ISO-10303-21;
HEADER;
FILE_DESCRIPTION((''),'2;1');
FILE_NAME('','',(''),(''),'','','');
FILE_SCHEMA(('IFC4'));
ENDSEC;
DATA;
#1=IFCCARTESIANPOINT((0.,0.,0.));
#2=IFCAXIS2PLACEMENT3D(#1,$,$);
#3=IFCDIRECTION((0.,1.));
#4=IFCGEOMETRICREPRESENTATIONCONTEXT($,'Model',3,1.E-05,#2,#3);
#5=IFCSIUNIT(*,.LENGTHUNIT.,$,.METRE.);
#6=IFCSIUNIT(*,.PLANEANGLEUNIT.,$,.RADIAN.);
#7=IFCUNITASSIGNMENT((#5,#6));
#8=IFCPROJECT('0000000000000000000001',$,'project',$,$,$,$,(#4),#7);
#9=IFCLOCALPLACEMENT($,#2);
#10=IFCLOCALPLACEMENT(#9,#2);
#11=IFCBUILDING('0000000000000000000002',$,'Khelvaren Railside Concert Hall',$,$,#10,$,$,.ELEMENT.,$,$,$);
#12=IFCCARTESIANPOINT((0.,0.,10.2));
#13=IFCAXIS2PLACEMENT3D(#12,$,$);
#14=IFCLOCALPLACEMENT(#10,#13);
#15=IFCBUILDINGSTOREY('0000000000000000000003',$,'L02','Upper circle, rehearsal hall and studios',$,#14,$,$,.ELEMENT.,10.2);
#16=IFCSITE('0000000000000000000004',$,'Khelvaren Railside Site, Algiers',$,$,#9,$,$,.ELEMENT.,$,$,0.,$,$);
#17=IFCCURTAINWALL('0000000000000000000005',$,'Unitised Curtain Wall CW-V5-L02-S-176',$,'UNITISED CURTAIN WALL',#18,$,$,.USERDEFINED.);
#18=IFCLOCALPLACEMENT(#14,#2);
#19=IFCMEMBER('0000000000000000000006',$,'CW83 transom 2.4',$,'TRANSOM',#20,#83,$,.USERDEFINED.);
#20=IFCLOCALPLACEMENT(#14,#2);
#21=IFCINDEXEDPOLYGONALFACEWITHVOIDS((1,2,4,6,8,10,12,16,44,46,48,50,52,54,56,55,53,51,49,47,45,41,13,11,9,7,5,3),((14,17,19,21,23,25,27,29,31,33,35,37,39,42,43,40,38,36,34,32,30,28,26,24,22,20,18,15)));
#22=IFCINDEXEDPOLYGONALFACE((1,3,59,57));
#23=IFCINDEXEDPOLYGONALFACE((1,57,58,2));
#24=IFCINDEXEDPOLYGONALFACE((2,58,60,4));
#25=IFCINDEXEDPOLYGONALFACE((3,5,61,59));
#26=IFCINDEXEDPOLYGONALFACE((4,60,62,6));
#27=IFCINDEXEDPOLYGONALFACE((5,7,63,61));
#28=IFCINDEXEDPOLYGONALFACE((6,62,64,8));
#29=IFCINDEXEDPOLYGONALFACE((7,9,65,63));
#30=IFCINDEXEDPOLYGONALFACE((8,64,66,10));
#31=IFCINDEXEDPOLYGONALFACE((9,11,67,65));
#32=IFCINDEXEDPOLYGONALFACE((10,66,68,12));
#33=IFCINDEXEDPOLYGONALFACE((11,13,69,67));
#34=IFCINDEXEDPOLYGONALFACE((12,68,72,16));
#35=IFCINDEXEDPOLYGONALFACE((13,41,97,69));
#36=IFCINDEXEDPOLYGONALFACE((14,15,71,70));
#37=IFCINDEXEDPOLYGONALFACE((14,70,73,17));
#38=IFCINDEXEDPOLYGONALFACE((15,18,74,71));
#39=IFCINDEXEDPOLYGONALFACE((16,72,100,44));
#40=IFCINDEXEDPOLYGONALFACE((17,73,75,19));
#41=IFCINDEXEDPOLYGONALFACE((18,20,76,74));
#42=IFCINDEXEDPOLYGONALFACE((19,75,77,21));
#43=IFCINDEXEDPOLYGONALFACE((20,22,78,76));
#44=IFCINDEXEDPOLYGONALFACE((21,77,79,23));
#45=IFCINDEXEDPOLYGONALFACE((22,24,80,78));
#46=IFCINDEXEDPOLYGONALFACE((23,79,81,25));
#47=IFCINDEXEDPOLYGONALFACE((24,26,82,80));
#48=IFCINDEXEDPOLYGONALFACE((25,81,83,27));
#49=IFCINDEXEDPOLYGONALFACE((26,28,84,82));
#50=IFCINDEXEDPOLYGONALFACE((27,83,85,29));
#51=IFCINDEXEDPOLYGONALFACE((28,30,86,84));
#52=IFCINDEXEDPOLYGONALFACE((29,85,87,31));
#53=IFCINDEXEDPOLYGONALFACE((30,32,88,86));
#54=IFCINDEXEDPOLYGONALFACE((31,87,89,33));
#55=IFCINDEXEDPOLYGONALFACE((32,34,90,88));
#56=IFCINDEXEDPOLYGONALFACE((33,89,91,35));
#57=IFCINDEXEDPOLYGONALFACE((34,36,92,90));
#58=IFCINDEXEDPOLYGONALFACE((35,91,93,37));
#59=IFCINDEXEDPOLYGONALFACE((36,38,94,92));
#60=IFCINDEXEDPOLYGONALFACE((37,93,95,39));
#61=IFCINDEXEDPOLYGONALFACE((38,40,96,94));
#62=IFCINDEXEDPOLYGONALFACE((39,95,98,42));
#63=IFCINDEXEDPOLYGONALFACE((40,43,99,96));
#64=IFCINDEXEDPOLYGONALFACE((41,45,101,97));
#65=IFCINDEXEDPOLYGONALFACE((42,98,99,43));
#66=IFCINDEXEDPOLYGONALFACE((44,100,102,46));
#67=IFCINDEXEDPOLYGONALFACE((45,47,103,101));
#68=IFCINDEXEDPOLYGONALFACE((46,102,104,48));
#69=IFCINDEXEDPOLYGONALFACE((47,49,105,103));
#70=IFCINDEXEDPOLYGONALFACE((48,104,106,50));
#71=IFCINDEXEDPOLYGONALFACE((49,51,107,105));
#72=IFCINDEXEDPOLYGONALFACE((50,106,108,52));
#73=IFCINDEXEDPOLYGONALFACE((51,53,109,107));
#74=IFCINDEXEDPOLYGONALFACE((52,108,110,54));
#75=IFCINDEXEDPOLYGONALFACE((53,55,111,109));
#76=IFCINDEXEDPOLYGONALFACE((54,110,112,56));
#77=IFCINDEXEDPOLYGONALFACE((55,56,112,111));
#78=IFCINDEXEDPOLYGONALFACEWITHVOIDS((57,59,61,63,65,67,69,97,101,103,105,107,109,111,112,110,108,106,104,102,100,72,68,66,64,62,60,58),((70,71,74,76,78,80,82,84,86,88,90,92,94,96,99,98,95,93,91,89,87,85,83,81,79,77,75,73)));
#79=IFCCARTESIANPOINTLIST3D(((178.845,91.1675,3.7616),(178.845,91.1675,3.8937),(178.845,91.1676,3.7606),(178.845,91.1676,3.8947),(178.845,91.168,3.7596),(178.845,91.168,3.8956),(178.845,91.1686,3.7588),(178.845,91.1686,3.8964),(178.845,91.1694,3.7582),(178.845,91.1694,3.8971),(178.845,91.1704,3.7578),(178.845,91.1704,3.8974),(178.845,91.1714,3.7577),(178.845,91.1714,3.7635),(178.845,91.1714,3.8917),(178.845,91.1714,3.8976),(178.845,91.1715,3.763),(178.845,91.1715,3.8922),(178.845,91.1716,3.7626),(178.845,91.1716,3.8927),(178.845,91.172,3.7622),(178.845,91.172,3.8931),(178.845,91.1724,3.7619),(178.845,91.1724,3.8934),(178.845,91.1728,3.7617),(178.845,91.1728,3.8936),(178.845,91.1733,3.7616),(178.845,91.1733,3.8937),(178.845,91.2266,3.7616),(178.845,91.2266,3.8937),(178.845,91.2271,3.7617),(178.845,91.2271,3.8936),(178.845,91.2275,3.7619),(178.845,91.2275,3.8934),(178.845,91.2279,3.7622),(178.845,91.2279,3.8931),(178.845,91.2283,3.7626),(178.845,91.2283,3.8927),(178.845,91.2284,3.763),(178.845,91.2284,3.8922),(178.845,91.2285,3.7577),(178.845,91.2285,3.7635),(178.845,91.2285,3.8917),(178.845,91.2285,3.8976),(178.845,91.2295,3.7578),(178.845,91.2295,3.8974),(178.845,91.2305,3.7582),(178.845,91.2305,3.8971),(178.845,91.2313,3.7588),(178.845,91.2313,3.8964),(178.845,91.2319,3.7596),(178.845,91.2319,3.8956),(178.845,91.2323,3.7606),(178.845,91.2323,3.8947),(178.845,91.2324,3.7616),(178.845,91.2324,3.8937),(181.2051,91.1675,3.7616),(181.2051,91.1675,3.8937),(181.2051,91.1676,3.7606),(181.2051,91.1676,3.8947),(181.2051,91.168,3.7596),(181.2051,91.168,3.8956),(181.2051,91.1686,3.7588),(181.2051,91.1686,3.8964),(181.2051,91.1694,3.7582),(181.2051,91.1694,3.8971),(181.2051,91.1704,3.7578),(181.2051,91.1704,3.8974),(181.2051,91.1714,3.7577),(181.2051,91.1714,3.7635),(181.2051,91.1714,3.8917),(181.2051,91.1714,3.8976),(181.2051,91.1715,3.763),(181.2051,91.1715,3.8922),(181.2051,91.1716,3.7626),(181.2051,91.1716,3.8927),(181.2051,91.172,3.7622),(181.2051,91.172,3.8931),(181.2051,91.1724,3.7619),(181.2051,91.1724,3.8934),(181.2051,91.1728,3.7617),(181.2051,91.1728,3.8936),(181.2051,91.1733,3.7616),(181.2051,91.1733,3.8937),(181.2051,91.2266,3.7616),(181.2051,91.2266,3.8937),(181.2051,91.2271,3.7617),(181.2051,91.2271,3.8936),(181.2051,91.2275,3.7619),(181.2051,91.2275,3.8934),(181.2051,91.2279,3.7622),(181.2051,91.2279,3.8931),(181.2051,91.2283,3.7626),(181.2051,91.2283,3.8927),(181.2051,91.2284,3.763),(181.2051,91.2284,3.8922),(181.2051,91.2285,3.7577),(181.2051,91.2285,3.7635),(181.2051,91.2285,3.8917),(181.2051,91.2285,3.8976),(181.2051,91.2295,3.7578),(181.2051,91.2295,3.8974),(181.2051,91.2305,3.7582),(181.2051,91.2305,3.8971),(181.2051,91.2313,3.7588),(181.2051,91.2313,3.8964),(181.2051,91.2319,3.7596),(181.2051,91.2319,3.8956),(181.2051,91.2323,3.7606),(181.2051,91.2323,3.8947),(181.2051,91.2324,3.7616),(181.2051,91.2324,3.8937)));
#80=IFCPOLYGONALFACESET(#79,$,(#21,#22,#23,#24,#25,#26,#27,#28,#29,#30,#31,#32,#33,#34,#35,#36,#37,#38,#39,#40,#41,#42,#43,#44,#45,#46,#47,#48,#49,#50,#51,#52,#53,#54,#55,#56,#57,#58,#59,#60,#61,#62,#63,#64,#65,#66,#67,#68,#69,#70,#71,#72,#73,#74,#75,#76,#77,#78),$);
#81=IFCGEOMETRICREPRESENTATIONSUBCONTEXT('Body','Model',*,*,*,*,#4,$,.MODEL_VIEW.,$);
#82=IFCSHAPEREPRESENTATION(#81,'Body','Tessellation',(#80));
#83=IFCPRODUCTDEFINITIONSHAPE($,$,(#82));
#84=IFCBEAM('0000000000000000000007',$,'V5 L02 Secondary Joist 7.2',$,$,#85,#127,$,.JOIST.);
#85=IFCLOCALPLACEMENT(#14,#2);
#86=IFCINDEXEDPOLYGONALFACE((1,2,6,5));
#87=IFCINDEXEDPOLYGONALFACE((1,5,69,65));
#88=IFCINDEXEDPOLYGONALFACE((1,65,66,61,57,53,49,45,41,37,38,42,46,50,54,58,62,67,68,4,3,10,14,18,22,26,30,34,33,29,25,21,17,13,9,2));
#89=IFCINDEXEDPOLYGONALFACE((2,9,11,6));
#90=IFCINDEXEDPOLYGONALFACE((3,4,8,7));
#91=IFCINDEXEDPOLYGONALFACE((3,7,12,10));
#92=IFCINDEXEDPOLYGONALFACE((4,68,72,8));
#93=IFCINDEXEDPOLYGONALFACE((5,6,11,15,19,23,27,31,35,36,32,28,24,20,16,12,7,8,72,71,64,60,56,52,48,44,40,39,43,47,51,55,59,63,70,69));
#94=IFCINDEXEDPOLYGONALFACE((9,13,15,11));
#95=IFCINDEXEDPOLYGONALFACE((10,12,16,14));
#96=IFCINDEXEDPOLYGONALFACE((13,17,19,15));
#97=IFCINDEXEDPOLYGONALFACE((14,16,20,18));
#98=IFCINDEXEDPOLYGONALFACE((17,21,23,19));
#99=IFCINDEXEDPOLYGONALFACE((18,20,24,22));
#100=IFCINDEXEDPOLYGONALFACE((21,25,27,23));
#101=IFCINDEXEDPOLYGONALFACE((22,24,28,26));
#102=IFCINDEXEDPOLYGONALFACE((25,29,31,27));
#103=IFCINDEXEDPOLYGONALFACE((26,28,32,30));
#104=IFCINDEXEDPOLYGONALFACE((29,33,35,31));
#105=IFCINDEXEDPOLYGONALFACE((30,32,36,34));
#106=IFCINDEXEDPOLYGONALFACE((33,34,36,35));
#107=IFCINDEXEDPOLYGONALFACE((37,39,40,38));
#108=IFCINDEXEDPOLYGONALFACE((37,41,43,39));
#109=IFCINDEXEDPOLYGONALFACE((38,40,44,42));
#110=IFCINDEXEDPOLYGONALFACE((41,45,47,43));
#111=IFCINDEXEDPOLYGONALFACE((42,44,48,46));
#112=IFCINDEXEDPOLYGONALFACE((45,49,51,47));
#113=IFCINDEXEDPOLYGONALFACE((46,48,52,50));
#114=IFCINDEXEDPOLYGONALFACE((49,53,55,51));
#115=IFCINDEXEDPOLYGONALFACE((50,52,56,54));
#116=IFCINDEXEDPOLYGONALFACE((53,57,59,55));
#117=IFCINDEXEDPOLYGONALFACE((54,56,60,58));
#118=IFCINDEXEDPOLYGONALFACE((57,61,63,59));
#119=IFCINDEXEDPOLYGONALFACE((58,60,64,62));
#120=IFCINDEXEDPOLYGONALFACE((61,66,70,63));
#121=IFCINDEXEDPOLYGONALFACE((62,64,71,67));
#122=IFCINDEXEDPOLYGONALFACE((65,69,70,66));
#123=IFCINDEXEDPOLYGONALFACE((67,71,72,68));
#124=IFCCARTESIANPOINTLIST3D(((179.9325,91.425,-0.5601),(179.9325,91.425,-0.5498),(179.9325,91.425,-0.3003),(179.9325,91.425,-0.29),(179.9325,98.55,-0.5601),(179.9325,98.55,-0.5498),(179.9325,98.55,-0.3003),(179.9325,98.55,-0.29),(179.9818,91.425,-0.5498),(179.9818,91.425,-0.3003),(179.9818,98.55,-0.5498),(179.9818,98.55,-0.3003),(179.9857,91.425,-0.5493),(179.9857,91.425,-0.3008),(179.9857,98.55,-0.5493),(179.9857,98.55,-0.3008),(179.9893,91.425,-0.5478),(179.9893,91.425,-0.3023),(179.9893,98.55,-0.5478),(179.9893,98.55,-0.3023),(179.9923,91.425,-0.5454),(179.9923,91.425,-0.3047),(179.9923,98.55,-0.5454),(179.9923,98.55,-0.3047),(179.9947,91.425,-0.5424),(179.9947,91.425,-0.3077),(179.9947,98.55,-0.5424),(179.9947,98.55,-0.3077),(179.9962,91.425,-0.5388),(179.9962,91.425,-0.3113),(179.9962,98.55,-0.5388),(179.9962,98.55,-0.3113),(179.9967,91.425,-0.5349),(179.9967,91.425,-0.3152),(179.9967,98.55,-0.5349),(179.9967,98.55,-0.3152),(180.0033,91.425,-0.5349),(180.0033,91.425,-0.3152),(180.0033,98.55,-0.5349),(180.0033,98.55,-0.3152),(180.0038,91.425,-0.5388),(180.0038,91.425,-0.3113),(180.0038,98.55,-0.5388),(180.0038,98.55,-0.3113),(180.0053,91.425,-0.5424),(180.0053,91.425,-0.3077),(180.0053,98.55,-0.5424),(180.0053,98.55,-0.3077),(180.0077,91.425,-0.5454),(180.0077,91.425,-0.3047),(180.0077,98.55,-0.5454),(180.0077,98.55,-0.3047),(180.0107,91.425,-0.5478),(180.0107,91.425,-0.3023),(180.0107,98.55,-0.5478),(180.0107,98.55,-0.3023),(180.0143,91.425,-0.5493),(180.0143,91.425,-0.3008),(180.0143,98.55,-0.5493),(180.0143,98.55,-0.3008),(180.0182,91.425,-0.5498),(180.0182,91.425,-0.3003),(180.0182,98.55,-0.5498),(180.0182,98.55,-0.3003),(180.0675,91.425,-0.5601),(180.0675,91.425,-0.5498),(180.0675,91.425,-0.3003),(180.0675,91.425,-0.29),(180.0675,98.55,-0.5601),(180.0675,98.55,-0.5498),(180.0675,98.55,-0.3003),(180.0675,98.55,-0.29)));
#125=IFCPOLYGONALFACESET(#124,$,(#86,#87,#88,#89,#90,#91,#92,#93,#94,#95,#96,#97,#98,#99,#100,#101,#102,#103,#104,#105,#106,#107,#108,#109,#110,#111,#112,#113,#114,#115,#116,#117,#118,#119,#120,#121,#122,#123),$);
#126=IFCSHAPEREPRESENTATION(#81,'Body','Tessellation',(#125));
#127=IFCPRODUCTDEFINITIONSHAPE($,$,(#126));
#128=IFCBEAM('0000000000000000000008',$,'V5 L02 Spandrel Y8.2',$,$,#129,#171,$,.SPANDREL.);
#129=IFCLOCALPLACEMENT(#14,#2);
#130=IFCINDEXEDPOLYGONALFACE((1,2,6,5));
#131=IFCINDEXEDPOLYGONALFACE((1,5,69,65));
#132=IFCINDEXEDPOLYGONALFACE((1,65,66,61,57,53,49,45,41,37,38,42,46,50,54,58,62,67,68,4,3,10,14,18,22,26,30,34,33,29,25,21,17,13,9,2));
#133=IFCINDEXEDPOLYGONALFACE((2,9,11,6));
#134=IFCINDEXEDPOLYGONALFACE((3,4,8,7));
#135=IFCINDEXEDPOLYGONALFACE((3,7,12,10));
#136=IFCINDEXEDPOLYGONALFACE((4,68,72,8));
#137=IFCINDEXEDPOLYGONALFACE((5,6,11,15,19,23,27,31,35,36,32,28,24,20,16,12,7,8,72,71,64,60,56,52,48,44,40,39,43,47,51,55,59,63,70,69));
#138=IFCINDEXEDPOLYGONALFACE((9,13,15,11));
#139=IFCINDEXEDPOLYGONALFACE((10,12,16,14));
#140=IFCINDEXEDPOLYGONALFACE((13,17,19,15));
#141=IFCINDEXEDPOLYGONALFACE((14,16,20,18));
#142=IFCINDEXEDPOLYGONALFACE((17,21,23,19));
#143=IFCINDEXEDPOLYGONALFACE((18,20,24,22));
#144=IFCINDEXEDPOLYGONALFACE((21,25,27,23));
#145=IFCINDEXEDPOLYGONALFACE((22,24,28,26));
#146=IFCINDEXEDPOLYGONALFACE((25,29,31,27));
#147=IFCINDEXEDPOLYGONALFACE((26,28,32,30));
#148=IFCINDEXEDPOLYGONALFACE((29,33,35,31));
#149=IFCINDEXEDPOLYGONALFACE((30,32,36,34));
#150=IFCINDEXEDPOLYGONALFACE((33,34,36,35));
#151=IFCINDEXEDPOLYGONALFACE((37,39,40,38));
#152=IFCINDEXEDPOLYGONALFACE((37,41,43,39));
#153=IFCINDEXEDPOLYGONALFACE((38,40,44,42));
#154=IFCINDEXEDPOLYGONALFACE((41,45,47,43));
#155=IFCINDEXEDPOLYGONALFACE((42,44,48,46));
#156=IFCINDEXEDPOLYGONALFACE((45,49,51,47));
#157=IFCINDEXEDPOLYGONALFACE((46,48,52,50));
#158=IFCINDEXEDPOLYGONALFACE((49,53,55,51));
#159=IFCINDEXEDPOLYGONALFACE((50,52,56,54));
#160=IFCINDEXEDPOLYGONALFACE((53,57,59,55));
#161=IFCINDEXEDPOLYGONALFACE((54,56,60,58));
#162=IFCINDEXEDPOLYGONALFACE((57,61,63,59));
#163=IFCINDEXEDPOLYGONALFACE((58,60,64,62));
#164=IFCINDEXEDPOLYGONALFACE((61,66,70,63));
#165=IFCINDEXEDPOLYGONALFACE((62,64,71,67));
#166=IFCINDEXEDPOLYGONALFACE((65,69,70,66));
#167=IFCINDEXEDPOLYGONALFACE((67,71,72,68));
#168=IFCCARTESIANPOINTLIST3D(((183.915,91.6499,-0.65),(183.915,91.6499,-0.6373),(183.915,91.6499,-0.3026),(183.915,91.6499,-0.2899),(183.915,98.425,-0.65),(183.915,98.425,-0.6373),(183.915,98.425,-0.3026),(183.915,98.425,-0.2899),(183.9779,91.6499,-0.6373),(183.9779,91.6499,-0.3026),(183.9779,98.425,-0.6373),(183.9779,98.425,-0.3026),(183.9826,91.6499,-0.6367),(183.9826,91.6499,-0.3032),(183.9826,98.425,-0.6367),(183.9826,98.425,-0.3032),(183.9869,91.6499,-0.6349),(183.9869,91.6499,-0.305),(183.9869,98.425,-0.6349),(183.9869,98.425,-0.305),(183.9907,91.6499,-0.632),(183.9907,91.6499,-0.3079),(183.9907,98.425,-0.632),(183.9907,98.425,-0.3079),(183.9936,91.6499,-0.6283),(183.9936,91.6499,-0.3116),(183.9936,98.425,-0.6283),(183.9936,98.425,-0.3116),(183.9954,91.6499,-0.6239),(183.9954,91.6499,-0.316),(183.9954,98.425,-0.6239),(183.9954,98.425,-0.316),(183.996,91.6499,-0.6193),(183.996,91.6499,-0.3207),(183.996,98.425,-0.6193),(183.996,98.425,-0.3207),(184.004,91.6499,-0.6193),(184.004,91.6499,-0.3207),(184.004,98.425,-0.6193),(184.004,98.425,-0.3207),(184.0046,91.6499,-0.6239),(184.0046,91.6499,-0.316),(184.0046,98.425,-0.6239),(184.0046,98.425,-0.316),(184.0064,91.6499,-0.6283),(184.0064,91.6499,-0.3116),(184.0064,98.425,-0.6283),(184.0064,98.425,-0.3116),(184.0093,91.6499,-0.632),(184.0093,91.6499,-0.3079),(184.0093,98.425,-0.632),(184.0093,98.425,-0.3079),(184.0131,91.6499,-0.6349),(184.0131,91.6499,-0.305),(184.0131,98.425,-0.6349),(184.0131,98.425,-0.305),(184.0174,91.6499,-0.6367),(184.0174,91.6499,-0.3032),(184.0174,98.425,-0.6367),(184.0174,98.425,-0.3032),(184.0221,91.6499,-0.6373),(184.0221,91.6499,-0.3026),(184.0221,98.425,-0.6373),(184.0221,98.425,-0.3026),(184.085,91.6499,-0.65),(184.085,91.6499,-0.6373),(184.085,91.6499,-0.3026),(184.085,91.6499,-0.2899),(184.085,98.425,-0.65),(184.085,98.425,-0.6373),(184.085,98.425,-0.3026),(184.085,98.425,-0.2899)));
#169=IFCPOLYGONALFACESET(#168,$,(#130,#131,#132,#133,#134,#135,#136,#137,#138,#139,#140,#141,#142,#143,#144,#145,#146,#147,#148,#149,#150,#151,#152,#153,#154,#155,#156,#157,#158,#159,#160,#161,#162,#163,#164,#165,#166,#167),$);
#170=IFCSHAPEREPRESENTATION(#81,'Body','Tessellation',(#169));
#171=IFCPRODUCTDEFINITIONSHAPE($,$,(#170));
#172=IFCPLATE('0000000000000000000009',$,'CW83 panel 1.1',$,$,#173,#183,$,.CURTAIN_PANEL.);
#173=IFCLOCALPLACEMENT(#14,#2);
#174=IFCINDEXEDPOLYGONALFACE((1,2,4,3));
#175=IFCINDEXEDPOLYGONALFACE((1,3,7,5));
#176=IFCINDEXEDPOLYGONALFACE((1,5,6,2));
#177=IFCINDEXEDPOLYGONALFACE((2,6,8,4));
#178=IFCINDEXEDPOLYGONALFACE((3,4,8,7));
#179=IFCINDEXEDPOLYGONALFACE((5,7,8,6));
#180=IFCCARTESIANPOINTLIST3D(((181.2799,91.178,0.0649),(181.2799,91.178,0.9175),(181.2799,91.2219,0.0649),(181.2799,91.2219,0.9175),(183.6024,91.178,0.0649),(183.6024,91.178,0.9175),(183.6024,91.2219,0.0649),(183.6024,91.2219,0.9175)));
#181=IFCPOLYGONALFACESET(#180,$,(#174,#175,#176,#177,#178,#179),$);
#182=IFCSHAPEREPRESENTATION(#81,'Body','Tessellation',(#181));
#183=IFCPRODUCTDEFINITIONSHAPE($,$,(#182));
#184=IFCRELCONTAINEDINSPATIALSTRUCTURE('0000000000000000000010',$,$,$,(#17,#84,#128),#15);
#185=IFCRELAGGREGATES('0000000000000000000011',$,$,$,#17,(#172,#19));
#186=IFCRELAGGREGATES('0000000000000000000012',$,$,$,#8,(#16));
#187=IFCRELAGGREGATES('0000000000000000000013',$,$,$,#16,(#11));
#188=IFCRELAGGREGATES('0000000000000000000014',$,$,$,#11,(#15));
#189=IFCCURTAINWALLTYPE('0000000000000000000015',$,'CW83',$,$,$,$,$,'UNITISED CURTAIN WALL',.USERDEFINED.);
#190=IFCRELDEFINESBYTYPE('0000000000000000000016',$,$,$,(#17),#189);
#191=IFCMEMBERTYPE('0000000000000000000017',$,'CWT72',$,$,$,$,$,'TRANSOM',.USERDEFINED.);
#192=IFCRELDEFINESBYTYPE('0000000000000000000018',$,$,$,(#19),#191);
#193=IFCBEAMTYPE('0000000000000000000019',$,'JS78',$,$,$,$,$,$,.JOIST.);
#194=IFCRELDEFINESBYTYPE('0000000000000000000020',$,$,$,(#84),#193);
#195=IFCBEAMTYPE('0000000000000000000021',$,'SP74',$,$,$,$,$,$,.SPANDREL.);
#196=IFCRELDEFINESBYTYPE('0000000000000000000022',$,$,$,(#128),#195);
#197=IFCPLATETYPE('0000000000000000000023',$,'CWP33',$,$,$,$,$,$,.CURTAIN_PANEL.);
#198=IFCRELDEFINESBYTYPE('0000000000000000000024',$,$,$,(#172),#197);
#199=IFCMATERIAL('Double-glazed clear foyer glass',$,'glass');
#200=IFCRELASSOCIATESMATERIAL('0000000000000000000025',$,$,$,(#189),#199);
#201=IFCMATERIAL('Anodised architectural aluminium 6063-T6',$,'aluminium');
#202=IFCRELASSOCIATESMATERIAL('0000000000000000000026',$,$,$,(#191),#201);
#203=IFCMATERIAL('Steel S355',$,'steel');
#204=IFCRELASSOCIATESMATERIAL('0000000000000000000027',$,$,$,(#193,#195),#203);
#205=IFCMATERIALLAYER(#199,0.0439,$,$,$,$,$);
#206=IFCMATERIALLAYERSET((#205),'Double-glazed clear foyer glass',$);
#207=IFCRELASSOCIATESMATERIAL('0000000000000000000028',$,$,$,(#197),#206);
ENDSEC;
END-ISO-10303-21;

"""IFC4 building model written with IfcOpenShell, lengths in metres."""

from ifc_helpers import new_model, si_unit, direction, frame, origin, origin_2d, place, context, subcontext, project, spatial, rectangle, hollow_rectangle, i_section, extrude, material, layer, layer_set, material_profile, profile_set, type_object, element, aggregate, save


model = new_model("IFC4")

# Units and contexts
model_context = context("Model", 3, precision=1e-05, world=origin(), true_north=direction((0.0, 1.0)))
body_context = subcontext(model_context, "Body", "Model", "MODEL_VIEW")
ifc_project = project(units=[si_unit("LENGTHUNIT", "METRE"), si_unit("PLANEANGLEUNIT", "RADIAN")], contexts=[model_context])

# Site, building, storey
site_placement = place(None, origin())
site = spatial("IfcSite", under=ifc_project, at=site_placement, Name="Khelvaren Railside Site, Algiers", CompositionType="ELEMENT", RefElevation=0.0)
building_placement = place(site_placement, origin())
building = spatial("IfcBuilding", under=site, at=building_placement, Name="Khelvaren Railside Concert Hall", CompositionType="ELEMENT")
storey_placement = place(building_placement, frame((0.0, 0.0, 10.2)))
storey = spatial("IfcBuildingStorey", under=building, at=storey_placement, Name="L02", Description="Upper circle, rehearsal hall and studios", CompositionType="ELEMENT", Elevation=10.2)

# Curtain wall
ifc_material_1 = material(Name="Double-glazed clear foyer glass", Category="glass")
curtain_wall_type_1 = type_object("IfcCurtainWallType", Name="CW83", ElementType="UNITISED CURTAIN WALL", PredefinedType="USERDEFINED", material=ifc_material_1)
curtain_wall_1_placement = place(storey_placement, origin())
curtain_wall_1 = element("IfcCurtainWall", 1, at=curtain_wall_1_placement, inside=storey, type_object=curtain_wall_type_1, Name="Unitised Curtain Wall CW-V5-L02-S-176", ObjectType="UNITISED CURTAIN WALL", PredefinedType="USERDEFINED")
ifc_material_2 = material(Name="Anodised architectural aluminium 6063-T6", Category="aluminium")

# Member
ifc_material_profile_1 = material_profile(ifc_material_2, hollow_rectangle(XDim=0.0649, YDim=0.1399, WallThickness=0.0039, InnerFilletRadius=0.002, OuterFilletRadius=0.0039, at=origin_2d()), Name="CWT 65x140x4")
ifc_profile_set_1 = profile_set([ifc_material_profile_1], Name="Anodised architectural aluminium 6063-T6")
member_type_1 = type_object("IfcMemberType", Name="CWT72", ElementType="TRANSOM", PredefinedType="USERDEFINED", material=ifc_profile_set_1)
member_1_placement = place(storey_placement, frame((181.2051, 91.2, 3.8276), z_axis=(-1.0, 0.0, 0.0), x_axis=(0.0, -1.0, 0.0)))
member_1 = element("IfcMember", 2, at=member_1_placement, type_object=member_type_1, Name="CW83 transom 2.4", ObjectType="TRANSOM", PredefinedType="USERDEFINED", context=body_context, shape_type="SweptSolid", body=[
    extrude(hollow_rectangle(XDim=0.0649, YDim=0.1399, WallThickness=0.0039, InnerFilletRadius=0.002, OuterFilletRadius=0.0039, at=origin_2d()), origin(), (0.0, 0.0, 1.0), 2.3601),
])

# Beams
ifc_material_3 = material(Name="Steel S355", Category="steel")
ifc_material_profile_2 = material_profile(ifc_material_3, i_section(OverallWidth=0.135, OverallDepth=0.27, WebThickness=0.0066, FlangeThickness=0.0103, FilletRadius=0.0149, at=origin_2d()), Name="IPE 270")
ifc_profile_set_2 = profile_set([ifc_material_profile_2], Name="Steel S355")
beam_type_1 = type_object("IfcBeamType", Name="JS78", PredefinedType="JOIST", material=ifc_profile_set_2)
beam_1_placement = place(storey_placement, frame((180.0, 91.425, -0.425), z_axis=(0.0, 1.0, 0.0), x_axis=(-1.0, 0.0, 0.0)))
element("IfcBeam", 3, at=beam_1_placement, inside=storey, type_object=beam_type_1, Name="V5 L02 Secondary Joist 7.2", PredefinedType="JOIST", context=body_context, shape_type="SweptSolid", body=[
    extrude(i_section(OverallWidth=0.135, OverallDepth=0.27, WebThickness=0.0066, FlangeThickness=0.0103, FilletRadius=0.0149, at=origin_2d()), origin(), (0.0, 0.0, 1.0), 7.125),
])
ifc_material_profile_3 = material_profile(ifc_material_3, i_section(OverallWidth=0.1699, OverallDepth=0.3601, WebThickness=0.0081, FlangeThickness=0.0127, FilletRadius=0.0181, at=origin_2d()), Name="IPE 360")
ifc_profile_set_3 = profile_set([ifc_material_profile_3], Name="Steel S355")
beam_type_2 = type_object("IfcBeamType", Name="SP74", PredefinedType="SPANDREL", material=ifc_profile_set_3)
beam_2_placement = place(storey_placement, frame((184.0, 91.6499, -0.47), z_axis=(0.0, 1.0, 0.0), x_axis=(-1.0, 0.0, 0.0)))
element("IfcBeam", 4, at=beam_2_placement, inside=storey, type_object=beam_type_2, Name="V5 L02 Spandrel Y8.2", PredefinedType="SPANDREL", context=body_context, shape_type="SweptSolid", body=[
    extrude(i_section(OverallWidth=0.1699, OverallDepth=0.3601, WebThickness=0.0081, FlangeThickness=0.0127, FilletRadius=0.0181, at=origin_2d()), origin(), (0.0, 0.0, 1.0), 6.7751),
])

# Plate
ifc_layer_1 = layer(ifc_material_1, 0.0439)
ifc_layer_set_1 = layer_set([ifc_layer_1], Name="Double-glazed clear foyer glass")
plate_type_1 = type_object("IfcPlateType", Name="CWP33", PredefinedType="CURTAIN_PANEL", material=ifc_layer_set_1)
plate_1_placement = place(storey_placement, frame((182.4412, 91.2, 0.0649), z_axis=(0.0, 0.0, 1.0), x_axis=(-1.0, 0.0, 0.0)))
plate_1 = element("IfcPlate", 5, at=plate_1_placement, type_object=plate_type_1, Name="CW83 panel 1.1", PredefinedType="CURTAIN_PANEL", context=body_context, shape_type="SweptSolid", body=[
    extrude(rectangle(XDim=2.3225, YDim=0.0439, at=origin_2d()), origin(), (0.0, 0.0, 1.0), 0.8525),
])
aggregate(curtain_wall_1, [plate_1, member_1])

save(model, "model.ifc")
